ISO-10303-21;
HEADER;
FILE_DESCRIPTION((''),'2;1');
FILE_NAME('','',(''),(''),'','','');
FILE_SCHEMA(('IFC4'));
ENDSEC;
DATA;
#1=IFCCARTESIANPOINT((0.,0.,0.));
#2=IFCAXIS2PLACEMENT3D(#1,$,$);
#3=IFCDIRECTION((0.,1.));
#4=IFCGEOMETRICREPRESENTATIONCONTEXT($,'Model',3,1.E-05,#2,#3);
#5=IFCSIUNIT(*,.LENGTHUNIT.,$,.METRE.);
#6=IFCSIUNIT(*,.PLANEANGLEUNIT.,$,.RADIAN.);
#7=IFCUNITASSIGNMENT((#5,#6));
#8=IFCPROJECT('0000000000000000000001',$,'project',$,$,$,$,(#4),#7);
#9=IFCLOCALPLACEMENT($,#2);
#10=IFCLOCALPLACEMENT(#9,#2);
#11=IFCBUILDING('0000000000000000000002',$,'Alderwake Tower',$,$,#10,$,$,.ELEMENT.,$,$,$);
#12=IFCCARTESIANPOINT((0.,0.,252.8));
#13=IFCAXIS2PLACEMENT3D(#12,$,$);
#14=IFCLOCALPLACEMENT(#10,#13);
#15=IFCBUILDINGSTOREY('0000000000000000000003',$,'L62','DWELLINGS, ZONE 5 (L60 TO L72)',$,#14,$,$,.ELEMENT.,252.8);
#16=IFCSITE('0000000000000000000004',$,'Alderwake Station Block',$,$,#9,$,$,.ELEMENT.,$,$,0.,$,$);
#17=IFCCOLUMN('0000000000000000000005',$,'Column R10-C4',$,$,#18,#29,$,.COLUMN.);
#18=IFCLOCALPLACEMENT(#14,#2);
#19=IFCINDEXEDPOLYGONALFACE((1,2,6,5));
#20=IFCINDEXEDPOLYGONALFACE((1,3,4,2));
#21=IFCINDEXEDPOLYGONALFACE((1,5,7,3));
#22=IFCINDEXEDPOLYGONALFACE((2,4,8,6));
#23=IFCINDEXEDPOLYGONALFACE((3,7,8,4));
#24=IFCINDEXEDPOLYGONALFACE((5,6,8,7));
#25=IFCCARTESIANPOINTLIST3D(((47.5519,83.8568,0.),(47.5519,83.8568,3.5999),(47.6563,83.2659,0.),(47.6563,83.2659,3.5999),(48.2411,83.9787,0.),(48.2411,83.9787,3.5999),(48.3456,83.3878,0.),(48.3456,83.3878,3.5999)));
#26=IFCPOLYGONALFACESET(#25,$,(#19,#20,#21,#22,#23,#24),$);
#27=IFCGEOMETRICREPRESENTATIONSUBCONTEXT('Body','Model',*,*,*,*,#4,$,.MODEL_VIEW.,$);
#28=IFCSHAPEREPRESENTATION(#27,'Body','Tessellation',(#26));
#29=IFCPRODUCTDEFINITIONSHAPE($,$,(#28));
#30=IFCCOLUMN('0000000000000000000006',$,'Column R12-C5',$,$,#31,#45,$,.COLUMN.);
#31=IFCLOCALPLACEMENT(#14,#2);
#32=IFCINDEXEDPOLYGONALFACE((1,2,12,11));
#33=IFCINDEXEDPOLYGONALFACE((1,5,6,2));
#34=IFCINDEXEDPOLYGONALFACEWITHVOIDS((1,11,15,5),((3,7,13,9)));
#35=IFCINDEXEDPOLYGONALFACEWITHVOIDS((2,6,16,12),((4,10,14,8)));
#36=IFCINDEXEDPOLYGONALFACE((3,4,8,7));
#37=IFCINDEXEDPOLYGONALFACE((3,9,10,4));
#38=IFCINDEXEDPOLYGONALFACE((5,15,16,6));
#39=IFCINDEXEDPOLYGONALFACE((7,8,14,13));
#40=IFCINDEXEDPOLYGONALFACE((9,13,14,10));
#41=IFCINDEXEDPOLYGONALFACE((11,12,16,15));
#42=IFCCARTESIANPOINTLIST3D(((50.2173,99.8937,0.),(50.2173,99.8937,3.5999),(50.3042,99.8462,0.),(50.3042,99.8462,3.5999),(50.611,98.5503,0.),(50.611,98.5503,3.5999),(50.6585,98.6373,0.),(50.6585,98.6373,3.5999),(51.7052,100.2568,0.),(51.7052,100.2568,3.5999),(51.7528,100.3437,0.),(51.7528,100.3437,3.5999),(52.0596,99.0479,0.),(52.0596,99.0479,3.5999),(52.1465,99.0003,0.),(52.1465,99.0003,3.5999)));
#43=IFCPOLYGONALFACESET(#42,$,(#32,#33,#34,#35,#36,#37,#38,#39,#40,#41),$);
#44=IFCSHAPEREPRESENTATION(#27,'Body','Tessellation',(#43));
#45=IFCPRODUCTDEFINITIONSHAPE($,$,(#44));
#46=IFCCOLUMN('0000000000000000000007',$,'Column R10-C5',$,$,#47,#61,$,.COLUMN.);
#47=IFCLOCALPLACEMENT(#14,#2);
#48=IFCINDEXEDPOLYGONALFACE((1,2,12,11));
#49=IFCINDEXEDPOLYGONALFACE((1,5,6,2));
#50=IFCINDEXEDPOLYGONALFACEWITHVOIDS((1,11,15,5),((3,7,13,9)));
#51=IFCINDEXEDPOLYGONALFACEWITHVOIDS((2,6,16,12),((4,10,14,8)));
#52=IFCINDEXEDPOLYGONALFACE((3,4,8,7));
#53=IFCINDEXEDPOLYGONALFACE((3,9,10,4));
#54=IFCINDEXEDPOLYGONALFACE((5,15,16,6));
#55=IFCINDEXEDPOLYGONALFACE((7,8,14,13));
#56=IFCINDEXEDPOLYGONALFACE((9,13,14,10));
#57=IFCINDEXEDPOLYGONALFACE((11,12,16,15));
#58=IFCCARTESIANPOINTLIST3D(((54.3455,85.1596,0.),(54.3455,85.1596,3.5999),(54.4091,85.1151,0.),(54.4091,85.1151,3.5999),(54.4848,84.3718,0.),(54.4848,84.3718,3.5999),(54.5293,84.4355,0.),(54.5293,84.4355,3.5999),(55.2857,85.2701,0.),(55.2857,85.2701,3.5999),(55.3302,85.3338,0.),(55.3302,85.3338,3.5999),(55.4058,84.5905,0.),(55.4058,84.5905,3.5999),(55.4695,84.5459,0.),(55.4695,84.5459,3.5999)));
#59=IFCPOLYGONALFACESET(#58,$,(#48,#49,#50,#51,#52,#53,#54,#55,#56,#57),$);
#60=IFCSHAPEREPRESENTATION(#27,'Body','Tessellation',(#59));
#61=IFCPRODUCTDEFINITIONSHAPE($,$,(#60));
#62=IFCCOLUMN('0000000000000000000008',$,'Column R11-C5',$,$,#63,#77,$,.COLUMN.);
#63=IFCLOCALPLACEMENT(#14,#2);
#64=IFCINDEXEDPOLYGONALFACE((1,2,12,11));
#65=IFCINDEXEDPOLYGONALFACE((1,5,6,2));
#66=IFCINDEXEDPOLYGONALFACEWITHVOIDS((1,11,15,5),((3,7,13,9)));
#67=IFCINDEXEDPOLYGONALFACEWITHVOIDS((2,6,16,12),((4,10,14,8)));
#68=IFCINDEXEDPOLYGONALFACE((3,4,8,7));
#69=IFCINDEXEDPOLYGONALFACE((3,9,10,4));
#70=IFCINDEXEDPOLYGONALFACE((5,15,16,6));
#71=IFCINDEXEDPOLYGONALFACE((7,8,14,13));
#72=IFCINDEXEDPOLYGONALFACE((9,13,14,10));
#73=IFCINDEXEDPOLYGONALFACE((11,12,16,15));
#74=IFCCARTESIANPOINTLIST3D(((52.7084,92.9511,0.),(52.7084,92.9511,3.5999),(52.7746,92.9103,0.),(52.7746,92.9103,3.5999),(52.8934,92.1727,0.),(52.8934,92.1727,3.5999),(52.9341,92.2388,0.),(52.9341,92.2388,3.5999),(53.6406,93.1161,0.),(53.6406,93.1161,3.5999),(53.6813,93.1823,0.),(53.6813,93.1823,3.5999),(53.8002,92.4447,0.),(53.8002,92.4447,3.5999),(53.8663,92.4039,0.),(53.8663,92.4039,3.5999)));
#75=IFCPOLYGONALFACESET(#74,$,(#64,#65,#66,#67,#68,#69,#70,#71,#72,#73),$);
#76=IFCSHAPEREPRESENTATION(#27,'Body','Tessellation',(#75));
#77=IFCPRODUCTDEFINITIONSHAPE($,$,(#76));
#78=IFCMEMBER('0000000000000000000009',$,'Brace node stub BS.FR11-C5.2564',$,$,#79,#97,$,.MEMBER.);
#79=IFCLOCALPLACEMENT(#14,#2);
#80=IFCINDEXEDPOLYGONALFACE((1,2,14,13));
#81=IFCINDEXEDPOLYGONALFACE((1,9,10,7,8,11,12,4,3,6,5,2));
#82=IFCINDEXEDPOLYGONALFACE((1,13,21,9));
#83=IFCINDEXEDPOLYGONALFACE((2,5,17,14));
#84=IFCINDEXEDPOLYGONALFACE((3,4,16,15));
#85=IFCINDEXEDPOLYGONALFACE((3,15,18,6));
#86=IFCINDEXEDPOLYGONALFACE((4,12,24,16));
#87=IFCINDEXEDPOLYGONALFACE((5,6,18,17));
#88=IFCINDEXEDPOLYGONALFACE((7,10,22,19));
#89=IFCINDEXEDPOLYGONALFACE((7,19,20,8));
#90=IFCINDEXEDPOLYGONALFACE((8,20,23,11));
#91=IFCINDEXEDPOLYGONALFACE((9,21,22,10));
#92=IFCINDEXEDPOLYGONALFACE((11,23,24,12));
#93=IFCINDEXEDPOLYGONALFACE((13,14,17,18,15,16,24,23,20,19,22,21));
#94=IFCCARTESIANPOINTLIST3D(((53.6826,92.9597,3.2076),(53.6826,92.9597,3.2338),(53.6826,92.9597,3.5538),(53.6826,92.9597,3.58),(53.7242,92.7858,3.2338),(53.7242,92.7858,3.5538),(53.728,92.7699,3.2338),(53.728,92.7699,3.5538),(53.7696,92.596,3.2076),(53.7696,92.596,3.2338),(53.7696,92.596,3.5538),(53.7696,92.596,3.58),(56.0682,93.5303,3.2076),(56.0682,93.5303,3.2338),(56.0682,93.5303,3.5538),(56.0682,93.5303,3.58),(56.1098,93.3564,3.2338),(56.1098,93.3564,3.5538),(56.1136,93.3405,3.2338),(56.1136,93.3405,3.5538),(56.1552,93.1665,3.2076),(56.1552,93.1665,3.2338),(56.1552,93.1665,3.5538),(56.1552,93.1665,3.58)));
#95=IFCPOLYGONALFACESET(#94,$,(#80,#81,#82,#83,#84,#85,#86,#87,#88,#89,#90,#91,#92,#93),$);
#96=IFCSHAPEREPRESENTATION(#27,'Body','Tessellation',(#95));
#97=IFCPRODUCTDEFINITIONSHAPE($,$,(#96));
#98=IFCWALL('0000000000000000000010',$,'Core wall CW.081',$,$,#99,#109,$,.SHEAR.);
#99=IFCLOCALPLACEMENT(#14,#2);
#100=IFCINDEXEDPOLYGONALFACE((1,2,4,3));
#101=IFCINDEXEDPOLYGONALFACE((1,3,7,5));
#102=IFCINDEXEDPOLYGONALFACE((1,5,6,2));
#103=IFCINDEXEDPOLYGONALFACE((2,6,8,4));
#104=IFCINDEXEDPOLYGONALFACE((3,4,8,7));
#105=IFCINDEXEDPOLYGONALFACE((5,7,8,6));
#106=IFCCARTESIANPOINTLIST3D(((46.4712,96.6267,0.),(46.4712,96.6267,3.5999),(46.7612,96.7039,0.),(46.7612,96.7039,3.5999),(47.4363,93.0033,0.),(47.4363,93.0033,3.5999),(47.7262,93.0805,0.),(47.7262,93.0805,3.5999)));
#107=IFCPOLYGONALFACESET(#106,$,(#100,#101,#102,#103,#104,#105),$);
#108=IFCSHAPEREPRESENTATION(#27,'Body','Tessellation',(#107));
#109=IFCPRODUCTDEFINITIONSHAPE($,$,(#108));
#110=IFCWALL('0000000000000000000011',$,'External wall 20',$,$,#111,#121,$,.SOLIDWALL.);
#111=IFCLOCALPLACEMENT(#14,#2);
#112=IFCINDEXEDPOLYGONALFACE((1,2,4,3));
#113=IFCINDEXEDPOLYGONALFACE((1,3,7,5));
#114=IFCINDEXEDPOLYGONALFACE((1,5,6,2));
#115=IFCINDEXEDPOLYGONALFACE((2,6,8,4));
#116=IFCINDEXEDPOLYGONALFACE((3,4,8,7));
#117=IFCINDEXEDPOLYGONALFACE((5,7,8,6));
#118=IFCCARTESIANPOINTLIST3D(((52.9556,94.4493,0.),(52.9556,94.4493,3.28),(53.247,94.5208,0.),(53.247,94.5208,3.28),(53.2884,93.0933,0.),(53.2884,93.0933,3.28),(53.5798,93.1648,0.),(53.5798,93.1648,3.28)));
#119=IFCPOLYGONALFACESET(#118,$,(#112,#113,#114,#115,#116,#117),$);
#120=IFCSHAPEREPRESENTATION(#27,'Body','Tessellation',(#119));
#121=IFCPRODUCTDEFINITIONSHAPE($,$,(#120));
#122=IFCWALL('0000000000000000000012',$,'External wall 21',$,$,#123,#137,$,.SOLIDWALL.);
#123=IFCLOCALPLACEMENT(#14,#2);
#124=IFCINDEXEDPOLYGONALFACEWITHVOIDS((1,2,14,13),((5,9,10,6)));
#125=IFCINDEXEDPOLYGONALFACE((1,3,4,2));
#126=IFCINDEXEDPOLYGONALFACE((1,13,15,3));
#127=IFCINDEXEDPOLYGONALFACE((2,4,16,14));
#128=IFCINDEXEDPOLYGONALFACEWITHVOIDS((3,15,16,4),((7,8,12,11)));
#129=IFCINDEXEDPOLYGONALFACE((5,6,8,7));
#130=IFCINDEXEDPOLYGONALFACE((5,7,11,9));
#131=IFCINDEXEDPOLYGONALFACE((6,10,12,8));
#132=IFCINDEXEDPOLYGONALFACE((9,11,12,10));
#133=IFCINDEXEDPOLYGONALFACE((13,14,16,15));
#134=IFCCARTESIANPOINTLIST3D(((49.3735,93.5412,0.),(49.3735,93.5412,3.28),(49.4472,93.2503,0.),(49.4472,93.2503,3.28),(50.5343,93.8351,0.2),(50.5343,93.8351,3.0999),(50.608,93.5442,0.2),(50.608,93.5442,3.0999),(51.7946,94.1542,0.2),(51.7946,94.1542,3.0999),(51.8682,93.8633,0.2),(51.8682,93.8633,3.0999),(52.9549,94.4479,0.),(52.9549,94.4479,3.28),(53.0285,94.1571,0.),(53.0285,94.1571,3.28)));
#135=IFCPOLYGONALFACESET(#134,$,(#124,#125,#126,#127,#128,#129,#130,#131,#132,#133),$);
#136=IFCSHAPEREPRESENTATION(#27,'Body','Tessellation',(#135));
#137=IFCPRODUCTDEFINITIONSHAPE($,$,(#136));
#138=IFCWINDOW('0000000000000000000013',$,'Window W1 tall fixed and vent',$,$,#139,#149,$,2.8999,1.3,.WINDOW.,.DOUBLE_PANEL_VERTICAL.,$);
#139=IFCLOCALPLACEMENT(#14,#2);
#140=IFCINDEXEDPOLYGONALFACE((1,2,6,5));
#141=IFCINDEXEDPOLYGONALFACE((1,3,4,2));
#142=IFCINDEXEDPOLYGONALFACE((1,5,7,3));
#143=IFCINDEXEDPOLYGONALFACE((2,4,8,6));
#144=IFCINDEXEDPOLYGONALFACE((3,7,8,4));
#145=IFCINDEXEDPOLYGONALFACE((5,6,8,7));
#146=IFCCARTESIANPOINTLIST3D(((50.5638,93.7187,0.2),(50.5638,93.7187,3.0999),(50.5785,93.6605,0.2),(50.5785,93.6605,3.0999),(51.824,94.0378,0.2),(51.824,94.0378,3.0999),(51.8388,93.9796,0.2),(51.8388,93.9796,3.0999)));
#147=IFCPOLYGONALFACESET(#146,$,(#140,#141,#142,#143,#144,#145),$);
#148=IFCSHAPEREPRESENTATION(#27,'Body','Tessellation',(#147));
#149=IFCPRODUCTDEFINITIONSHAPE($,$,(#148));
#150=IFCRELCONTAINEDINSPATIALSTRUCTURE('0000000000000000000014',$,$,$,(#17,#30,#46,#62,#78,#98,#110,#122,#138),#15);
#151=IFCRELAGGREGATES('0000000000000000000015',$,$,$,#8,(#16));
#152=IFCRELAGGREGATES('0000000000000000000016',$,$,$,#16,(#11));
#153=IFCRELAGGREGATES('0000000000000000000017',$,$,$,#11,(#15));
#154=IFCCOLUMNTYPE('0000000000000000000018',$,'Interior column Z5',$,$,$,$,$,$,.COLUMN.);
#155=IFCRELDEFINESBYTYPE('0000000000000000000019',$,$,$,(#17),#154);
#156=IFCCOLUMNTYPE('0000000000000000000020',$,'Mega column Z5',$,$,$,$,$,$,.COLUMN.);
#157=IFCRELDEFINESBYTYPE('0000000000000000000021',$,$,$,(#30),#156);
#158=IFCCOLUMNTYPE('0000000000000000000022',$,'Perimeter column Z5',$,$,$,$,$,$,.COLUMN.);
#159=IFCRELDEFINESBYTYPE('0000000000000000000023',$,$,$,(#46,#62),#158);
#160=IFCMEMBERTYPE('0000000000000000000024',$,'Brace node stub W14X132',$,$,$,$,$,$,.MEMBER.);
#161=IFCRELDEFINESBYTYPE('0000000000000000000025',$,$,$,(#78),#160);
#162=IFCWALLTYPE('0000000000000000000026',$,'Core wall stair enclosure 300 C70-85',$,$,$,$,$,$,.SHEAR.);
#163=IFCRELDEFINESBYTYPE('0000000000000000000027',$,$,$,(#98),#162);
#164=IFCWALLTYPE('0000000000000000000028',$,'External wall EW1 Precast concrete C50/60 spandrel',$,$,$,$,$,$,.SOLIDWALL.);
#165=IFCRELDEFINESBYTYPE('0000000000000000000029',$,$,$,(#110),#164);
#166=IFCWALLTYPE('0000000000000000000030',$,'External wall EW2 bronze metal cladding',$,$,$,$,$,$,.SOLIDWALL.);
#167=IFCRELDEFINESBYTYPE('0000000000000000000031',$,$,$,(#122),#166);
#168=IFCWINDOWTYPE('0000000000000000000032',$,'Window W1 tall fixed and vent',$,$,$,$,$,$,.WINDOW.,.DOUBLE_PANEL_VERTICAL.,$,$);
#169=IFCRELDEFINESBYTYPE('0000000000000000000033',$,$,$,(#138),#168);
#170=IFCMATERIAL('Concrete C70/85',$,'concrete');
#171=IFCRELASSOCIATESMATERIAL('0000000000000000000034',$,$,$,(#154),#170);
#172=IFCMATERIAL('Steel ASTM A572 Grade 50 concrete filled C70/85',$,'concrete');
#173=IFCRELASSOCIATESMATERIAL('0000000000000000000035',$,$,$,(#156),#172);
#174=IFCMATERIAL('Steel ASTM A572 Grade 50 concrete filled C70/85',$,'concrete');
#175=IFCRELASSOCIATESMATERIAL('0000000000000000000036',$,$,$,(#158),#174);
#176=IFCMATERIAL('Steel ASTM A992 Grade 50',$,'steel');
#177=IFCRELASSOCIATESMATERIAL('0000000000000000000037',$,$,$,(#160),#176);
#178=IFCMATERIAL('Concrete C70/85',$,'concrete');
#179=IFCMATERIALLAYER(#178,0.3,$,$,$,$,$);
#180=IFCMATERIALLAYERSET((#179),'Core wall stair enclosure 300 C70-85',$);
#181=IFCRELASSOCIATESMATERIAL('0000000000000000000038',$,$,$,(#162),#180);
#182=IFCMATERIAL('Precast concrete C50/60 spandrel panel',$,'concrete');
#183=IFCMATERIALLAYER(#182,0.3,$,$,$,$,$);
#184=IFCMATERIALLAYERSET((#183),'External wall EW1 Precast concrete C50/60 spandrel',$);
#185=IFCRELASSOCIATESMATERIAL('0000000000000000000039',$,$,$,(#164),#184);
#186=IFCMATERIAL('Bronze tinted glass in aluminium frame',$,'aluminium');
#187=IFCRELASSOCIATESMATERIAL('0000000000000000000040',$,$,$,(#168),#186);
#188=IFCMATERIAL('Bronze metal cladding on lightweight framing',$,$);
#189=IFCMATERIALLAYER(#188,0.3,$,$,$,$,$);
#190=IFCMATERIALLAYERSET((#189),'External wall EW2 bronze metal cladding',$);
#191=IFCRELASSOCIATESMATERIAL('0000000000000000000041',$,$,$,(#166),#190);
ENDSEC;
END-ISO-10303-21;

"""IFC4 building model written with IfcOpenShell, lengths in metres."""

from ifc_helpers import new_model, si_unit, direction, frame, frame_2d, origin, origin_2d, place, context, subcontext, project, spatial, rectangle, hollow_rectangle, i_section, extrude, material, layer, layer_set, material_profile, profile_set, type_object, element, fill, save


model = new_model("IFC4")

# Units and contexts
model_context = context("Model", 3, precision=1e-05, world=origin(), true_north=direction((0.0, 1.0)))
body_context = subcontext(model_context, "Body", "Model", "MODEL_VIEW")
ifc_project = project(units=[si_unit("LENGTHUNIT", "METRE"), si_unit("PLANEANGLEUNIT", "RADIAN")], contexts=[model_context])

# Site, building, storey
site_placement = place(None, origin())
site = spatial("IfcSite", under=ifc_project, at=site_placement, Name="Alderwake Station Block", CompositionType="ELEMENT", RefElevation=0.0)
building_placement = place(site_placement, origin())
building = spatial("IfcBuilding", under=site, at=building_placement, Name="Alderwake Tower", CompositionType="ELEMENT")
storey_placement = place(building_placement, frame((0.0, 0.0, 252.8)))
storey = spatial("IfcBuildingStorey", under=building, at=storey_placement, Name="L62", Description="DWELLINGS, ZONE 5 (L60 TO L72)", CompositionType="ELEMENT", Elevation=252.8)

# Columns
ifc_material_1 = material(Name="Concrete C70/85", Category="concrete")
ifc_material_profile_1 = material_profile(ifc_material_1, rectangle(XDim=0.6001, YDim=0.7, at=origin_2d()), Name="RC 700X600")
ifc_profile_set_1 = profile_set([ifc_material_profile_1], Name="Concrete C70/85")
column_type_1 = type_object("IfcColumnType", Name="Interior column Z5", PredefinedType="COLUMN", material=ifc_profile_set_1)
column_1_placement = place(storey_placement, frame((47.9487, 83.6223, 0.0), z_axis=(0.0, 0.0, 1.0), x_axis=(-0.174107, 0.984727, 0.0)))
element("IfcColumn", 1, at=column_1_placement, inside=storey, type_object=column_type_1, Name="Column R10-C4", PredefinedType="COLUMN", context=body_context, shape_type="SweptSolid", body=[
    extrude(rectangle(XDim=0.6001, YDim=0.7, at=origin_2d()), origin(), (0.0, 0.0, 1.0), 3.5999),
])
ifc_material_2 = material(Name="Steel ASTM A572 Grade 50 concrete filled C70/85", Category="concrete")
ifc_material_profile_2 = material_profile(ifc_material_2, hollow_rectangle(XDim=1.3999, YDim=1.6001, WallThickness=0.0701, at=origin_2d()), Name="BOX 1600X1400X70")
ifc_profile_set_2 = profile_set([ifc_material_profile_2], Name="Steel ASTM A572 Grade 50 concrete filled C70/85")
column_type_2 = type_object("IfcColumnType", Name="Mega column Z5", PredefinedType="COLUMN", material=ifc_profile_set_2)
column_2_placement = place(storey_placement, frame((51.1819, 99.447, 0.0), z_axis=(0.0, 0.0, 1.0), x_axis=(-0.281251, 0.959634, 0.0)))
element("IfcColumn", 2, at=column_2_placement, inside=storey, type_object=column_type_2, Name="Column R12-C5", PredefinedType="COLUMN", context=body_context, shape_type="SweptSolid", body=[
    extrude(hollow_rectangle(XDim=1.3999, YDim=1.6001, WallThickness=0.0701, at=origin_2d()), origin(), (0.0, 0.0, 1.0), 3.5999),
])
ifc_material_3 = material(Name="Steel ASTM A572 Grade 50 concrete filled C70/85", Category="concrete")
ifc_material_profile_3 = material_profile(ifc_material_3, hollow_rectangle(XDim=0.8, YDim=1.0, WallThickness=0.0549, at=origin_2d()), Name="BOX 1000X800X55")
ifc_profile_set_3 = profile_set([ifc_material_profile_3], Name="Steel ASTM A572 Grade 50 concrete filled C70/85")
column_type_3 = type_object("IfcColumnType", Name="Perimeter column Z5", PredefinedType="COLUMN", material=ifc_profile_set_3)
for number, where, z_axis, x_axis, name in (
    (3, (54.9075, 84.8528, 0.0), (0.0, 0.0, 1.0), (-0.174109, 0.984726, 0.0), "Column R10-C5"),
    (4, (53.2874, 92.6775, 0.0), (0.0, 0.0, 1.0), (-0.231222, 0.972901, 0.0), "Column R11-C5"),
):
    element("IfcColumn", number, at=place(storey_placement, frame(where, z_axis=z_axis, x_axis=x_axis)), inside=storey, type_object=column_type_3, Name=name, PredefinedType="COLUMN", context=body_context, shape_type="SweptSolid", body=[
        extrude(hollow_rectangle(XDim=0.8, YDim=1.0, WallThickness=0.0549, at=origin_2d()), origin(), (0.0, 0.0, 1.0), 3.5999),
    ])

# Member
ifc_material_4 = material(Name="Steel ASTM A992 Grade 50", Category="steel")
ifc_material_profile_4 = material_profile(ifc_material_4, i_section(OverallWidth=0.374, OverallDepth=0.3723, WebThickness=0.0164, FlangeThickness=0.0261, at=origin_2d()), Name="W14X132")
ifc_profile_set_4 = profile_set([ifc_material_profile_4], Name="Steel ASTM A992 Grade 50")
member_type = type_object("IfcMemberType", Name="Brace node stub W14X132", PredefinedType="MEMBER", material=ifc_profile_set_4)
member_placement = place(storey_placement, frame((53.7261, 92.7778, 3.3938), z_axis=(0.972569, 0.232616, 0.0), x_axis=(-0.232616, 0.972569, 0.0)))
element("IfcMember", 5, at=member_placement, inside=storey, type_object=member_type, Name="Brace node stub BS.FR11-C5.2564", PredefinedType="MEMBER", context=body_context, shape_type="SweptSolid", body=[
    extrude(i_section(OverallWidth=0.374, OverallDepth=0.3723, WebThickness=0.0164, FlangeThickness=0.0261, at=origin_2d()), origin(), (0.0, 0.0, 1.0), 2.4529),
])

# Wall
ifc_material_5 = material(Name="Concrete C70/85", Category="concrete")
ifc_layer_1 = layer(ifc_material_5, 0.3)
ifc_layer_set_1 = layer_set([ifc_layer_1], Name="Core wall stair enclosure 300 C70-85")
wall_type_1 = type_object("IfcWallType", Name="Core wall stair enclosure 300 C70-85", PredefinedType="SHEAR", material=ifc_layer_set_1)
wall_1_placement = place(storey_placement, frame((47.5813, 93.0417, 0.0), z_axis=(0.0, 0.0, 1.0), x_axis=(-0.257367, 0.966314, 0.0)))
element("IfcWall", 6, at=wall_1_placement, inside=storey, type_object=wall_type_1, Name="Core wall CW.081", PredefinedType="SHEAR", context=body_context, shape_type="SweptSolid", body=[
    extrude(rectangle(XDim=3.7498, YDim=0.3, at=frame_2d((1.875, 0.0))), origin(), (0.0, 0.0, 1.0), 3.5999),
])

# Shared definitions
ifc_material_6 = material(Name="Precast concrete C50/60 spandrel panel", Category="concrete")
ifc_layer_2 = layer(ifc_material_6, 0.3)
ifc_layer_set_2 = layer_set([ifc_layer_2], Name="External wall EW1 Precast concrete C50/60 spandrel")
wall_type_2 = type_object("IfcWallType", Name="External wall EW1 Precast concrete C50/60 spandrel", PredefinedType="SOLIDWALL", material=ifc_layer_set_2)
ifc_material_7 = material(Name="Bronze tinted glass in aluminium frame", Category="aluminium")
window_type = type_object("IfcWindowType", Name="Window W1 tall fixed and vent", PartitioningType="DOUBLE_PANEL_VERTICAL", PredefinedType="WINDOW", material=ifc_material_7)

# Wall
wall_2_placement = place(storey_placement, frame((53.4341, 93.1289, 0.0), z_axis=(0.0, 0.0, 1.0), x_axis=(-0.238337, 0.971183, 0.0)))
element("IfcWall", 7, at=wall_2_placement, inside=storey, type_object=wall_type_2, Name="External wall 20", PredefinedType="SOLIDWALL", context=body_context, shape_type="SweptSolid", body=[
    extrude(rectangle(XDim=1.3962, YDim=0.3, at=frame_2d((0.6982, 0.0))), origin(), (0.0, 0.0, 1.0), 3.28),
])

# Wall, opening, window
ifc_material_8 = material(Name="Bronze metal cladding on lightweight framing")
ifc_layer_3 = layer(ifc_material_8, 0.3)
ifc_layer_set_3 = layer_set([ifc_layer_3], Name="External wall EW2 bronze metal cladding")
wall_type_3 = type_object("IfcWallType", Name="External wall EW2 bronze metal cladding", PredefinedType="SOLIDWALL", material=ifc_layer_set_3)
wall_3_placement = place(storey_placement, frame((52.9917, 94.3025, 0.0), z_axis=(0.0, 0.0, 1.0), x_axis=(-0.969411, -0.245442, 0.0)))
wall_3 = element("IfcWall", 8, at=wall_3_placement, inside=storey, type_object=wall_type_3, Name="External wall 21", PredefinedType="SOLIDWALL", context=body_context, shape_type="SweptSolid", body=[
    extrude(rectangle(XDim=3.6943, YDim=0.3, at=frame_2d((1.8472, 0.0))), origin(), (0.0, 0.0, 1.0), 3.28),
])
opening_1_placement = place(wall_3_placement, frame((1.197, 0.0, 0.2)))
opening_1 = element("IfcOpeningElement", 9, at=opening_1_placement, cuts=wall_3, PredefinedType="OPENING", context=body_context, shape_type="SweptSolid", body=[
    extrude(rectangle(XDim=1.3, YDim=2.8999, at=frame_2d((0.6499, 1.45))), frame((0.0, 0.1599, 0.0), z_axis=(0.0, -1.0, 0.0), x_axis=(1.0, 0.0, 0.0)), (0.0, 0.0, 1.0), 0.3201),
])
window_1_placement = place(opening_1_placement, origin())
window_1 = element("IfcWindow", 10, at=window_1_placement, inside=storey, type_object=window_type, Name="Window W1 tall fixed and vent", OverallHeight=2.8999, OverallWidth=1.3, PartitioningType="DOUBLE_PANEL_VERTICAL", PredefinedType="WINDOW", context=body_context, shape_type="SweptSolid", body=[
    extrude(rectangle(XDim=1.3, YDim=2.8999, at=frame_2d((0.6499, 1.45))), frame((0.0, 0.03, 0.0), z_axis=(0.0, -1.0, 0.0), x_axis=(1.0, 0.0, 0.0)), (0.0, 0.0, 1.0), 0.0601),
])
fill(opening_1, window_1)

save(model, "model.ifc")
